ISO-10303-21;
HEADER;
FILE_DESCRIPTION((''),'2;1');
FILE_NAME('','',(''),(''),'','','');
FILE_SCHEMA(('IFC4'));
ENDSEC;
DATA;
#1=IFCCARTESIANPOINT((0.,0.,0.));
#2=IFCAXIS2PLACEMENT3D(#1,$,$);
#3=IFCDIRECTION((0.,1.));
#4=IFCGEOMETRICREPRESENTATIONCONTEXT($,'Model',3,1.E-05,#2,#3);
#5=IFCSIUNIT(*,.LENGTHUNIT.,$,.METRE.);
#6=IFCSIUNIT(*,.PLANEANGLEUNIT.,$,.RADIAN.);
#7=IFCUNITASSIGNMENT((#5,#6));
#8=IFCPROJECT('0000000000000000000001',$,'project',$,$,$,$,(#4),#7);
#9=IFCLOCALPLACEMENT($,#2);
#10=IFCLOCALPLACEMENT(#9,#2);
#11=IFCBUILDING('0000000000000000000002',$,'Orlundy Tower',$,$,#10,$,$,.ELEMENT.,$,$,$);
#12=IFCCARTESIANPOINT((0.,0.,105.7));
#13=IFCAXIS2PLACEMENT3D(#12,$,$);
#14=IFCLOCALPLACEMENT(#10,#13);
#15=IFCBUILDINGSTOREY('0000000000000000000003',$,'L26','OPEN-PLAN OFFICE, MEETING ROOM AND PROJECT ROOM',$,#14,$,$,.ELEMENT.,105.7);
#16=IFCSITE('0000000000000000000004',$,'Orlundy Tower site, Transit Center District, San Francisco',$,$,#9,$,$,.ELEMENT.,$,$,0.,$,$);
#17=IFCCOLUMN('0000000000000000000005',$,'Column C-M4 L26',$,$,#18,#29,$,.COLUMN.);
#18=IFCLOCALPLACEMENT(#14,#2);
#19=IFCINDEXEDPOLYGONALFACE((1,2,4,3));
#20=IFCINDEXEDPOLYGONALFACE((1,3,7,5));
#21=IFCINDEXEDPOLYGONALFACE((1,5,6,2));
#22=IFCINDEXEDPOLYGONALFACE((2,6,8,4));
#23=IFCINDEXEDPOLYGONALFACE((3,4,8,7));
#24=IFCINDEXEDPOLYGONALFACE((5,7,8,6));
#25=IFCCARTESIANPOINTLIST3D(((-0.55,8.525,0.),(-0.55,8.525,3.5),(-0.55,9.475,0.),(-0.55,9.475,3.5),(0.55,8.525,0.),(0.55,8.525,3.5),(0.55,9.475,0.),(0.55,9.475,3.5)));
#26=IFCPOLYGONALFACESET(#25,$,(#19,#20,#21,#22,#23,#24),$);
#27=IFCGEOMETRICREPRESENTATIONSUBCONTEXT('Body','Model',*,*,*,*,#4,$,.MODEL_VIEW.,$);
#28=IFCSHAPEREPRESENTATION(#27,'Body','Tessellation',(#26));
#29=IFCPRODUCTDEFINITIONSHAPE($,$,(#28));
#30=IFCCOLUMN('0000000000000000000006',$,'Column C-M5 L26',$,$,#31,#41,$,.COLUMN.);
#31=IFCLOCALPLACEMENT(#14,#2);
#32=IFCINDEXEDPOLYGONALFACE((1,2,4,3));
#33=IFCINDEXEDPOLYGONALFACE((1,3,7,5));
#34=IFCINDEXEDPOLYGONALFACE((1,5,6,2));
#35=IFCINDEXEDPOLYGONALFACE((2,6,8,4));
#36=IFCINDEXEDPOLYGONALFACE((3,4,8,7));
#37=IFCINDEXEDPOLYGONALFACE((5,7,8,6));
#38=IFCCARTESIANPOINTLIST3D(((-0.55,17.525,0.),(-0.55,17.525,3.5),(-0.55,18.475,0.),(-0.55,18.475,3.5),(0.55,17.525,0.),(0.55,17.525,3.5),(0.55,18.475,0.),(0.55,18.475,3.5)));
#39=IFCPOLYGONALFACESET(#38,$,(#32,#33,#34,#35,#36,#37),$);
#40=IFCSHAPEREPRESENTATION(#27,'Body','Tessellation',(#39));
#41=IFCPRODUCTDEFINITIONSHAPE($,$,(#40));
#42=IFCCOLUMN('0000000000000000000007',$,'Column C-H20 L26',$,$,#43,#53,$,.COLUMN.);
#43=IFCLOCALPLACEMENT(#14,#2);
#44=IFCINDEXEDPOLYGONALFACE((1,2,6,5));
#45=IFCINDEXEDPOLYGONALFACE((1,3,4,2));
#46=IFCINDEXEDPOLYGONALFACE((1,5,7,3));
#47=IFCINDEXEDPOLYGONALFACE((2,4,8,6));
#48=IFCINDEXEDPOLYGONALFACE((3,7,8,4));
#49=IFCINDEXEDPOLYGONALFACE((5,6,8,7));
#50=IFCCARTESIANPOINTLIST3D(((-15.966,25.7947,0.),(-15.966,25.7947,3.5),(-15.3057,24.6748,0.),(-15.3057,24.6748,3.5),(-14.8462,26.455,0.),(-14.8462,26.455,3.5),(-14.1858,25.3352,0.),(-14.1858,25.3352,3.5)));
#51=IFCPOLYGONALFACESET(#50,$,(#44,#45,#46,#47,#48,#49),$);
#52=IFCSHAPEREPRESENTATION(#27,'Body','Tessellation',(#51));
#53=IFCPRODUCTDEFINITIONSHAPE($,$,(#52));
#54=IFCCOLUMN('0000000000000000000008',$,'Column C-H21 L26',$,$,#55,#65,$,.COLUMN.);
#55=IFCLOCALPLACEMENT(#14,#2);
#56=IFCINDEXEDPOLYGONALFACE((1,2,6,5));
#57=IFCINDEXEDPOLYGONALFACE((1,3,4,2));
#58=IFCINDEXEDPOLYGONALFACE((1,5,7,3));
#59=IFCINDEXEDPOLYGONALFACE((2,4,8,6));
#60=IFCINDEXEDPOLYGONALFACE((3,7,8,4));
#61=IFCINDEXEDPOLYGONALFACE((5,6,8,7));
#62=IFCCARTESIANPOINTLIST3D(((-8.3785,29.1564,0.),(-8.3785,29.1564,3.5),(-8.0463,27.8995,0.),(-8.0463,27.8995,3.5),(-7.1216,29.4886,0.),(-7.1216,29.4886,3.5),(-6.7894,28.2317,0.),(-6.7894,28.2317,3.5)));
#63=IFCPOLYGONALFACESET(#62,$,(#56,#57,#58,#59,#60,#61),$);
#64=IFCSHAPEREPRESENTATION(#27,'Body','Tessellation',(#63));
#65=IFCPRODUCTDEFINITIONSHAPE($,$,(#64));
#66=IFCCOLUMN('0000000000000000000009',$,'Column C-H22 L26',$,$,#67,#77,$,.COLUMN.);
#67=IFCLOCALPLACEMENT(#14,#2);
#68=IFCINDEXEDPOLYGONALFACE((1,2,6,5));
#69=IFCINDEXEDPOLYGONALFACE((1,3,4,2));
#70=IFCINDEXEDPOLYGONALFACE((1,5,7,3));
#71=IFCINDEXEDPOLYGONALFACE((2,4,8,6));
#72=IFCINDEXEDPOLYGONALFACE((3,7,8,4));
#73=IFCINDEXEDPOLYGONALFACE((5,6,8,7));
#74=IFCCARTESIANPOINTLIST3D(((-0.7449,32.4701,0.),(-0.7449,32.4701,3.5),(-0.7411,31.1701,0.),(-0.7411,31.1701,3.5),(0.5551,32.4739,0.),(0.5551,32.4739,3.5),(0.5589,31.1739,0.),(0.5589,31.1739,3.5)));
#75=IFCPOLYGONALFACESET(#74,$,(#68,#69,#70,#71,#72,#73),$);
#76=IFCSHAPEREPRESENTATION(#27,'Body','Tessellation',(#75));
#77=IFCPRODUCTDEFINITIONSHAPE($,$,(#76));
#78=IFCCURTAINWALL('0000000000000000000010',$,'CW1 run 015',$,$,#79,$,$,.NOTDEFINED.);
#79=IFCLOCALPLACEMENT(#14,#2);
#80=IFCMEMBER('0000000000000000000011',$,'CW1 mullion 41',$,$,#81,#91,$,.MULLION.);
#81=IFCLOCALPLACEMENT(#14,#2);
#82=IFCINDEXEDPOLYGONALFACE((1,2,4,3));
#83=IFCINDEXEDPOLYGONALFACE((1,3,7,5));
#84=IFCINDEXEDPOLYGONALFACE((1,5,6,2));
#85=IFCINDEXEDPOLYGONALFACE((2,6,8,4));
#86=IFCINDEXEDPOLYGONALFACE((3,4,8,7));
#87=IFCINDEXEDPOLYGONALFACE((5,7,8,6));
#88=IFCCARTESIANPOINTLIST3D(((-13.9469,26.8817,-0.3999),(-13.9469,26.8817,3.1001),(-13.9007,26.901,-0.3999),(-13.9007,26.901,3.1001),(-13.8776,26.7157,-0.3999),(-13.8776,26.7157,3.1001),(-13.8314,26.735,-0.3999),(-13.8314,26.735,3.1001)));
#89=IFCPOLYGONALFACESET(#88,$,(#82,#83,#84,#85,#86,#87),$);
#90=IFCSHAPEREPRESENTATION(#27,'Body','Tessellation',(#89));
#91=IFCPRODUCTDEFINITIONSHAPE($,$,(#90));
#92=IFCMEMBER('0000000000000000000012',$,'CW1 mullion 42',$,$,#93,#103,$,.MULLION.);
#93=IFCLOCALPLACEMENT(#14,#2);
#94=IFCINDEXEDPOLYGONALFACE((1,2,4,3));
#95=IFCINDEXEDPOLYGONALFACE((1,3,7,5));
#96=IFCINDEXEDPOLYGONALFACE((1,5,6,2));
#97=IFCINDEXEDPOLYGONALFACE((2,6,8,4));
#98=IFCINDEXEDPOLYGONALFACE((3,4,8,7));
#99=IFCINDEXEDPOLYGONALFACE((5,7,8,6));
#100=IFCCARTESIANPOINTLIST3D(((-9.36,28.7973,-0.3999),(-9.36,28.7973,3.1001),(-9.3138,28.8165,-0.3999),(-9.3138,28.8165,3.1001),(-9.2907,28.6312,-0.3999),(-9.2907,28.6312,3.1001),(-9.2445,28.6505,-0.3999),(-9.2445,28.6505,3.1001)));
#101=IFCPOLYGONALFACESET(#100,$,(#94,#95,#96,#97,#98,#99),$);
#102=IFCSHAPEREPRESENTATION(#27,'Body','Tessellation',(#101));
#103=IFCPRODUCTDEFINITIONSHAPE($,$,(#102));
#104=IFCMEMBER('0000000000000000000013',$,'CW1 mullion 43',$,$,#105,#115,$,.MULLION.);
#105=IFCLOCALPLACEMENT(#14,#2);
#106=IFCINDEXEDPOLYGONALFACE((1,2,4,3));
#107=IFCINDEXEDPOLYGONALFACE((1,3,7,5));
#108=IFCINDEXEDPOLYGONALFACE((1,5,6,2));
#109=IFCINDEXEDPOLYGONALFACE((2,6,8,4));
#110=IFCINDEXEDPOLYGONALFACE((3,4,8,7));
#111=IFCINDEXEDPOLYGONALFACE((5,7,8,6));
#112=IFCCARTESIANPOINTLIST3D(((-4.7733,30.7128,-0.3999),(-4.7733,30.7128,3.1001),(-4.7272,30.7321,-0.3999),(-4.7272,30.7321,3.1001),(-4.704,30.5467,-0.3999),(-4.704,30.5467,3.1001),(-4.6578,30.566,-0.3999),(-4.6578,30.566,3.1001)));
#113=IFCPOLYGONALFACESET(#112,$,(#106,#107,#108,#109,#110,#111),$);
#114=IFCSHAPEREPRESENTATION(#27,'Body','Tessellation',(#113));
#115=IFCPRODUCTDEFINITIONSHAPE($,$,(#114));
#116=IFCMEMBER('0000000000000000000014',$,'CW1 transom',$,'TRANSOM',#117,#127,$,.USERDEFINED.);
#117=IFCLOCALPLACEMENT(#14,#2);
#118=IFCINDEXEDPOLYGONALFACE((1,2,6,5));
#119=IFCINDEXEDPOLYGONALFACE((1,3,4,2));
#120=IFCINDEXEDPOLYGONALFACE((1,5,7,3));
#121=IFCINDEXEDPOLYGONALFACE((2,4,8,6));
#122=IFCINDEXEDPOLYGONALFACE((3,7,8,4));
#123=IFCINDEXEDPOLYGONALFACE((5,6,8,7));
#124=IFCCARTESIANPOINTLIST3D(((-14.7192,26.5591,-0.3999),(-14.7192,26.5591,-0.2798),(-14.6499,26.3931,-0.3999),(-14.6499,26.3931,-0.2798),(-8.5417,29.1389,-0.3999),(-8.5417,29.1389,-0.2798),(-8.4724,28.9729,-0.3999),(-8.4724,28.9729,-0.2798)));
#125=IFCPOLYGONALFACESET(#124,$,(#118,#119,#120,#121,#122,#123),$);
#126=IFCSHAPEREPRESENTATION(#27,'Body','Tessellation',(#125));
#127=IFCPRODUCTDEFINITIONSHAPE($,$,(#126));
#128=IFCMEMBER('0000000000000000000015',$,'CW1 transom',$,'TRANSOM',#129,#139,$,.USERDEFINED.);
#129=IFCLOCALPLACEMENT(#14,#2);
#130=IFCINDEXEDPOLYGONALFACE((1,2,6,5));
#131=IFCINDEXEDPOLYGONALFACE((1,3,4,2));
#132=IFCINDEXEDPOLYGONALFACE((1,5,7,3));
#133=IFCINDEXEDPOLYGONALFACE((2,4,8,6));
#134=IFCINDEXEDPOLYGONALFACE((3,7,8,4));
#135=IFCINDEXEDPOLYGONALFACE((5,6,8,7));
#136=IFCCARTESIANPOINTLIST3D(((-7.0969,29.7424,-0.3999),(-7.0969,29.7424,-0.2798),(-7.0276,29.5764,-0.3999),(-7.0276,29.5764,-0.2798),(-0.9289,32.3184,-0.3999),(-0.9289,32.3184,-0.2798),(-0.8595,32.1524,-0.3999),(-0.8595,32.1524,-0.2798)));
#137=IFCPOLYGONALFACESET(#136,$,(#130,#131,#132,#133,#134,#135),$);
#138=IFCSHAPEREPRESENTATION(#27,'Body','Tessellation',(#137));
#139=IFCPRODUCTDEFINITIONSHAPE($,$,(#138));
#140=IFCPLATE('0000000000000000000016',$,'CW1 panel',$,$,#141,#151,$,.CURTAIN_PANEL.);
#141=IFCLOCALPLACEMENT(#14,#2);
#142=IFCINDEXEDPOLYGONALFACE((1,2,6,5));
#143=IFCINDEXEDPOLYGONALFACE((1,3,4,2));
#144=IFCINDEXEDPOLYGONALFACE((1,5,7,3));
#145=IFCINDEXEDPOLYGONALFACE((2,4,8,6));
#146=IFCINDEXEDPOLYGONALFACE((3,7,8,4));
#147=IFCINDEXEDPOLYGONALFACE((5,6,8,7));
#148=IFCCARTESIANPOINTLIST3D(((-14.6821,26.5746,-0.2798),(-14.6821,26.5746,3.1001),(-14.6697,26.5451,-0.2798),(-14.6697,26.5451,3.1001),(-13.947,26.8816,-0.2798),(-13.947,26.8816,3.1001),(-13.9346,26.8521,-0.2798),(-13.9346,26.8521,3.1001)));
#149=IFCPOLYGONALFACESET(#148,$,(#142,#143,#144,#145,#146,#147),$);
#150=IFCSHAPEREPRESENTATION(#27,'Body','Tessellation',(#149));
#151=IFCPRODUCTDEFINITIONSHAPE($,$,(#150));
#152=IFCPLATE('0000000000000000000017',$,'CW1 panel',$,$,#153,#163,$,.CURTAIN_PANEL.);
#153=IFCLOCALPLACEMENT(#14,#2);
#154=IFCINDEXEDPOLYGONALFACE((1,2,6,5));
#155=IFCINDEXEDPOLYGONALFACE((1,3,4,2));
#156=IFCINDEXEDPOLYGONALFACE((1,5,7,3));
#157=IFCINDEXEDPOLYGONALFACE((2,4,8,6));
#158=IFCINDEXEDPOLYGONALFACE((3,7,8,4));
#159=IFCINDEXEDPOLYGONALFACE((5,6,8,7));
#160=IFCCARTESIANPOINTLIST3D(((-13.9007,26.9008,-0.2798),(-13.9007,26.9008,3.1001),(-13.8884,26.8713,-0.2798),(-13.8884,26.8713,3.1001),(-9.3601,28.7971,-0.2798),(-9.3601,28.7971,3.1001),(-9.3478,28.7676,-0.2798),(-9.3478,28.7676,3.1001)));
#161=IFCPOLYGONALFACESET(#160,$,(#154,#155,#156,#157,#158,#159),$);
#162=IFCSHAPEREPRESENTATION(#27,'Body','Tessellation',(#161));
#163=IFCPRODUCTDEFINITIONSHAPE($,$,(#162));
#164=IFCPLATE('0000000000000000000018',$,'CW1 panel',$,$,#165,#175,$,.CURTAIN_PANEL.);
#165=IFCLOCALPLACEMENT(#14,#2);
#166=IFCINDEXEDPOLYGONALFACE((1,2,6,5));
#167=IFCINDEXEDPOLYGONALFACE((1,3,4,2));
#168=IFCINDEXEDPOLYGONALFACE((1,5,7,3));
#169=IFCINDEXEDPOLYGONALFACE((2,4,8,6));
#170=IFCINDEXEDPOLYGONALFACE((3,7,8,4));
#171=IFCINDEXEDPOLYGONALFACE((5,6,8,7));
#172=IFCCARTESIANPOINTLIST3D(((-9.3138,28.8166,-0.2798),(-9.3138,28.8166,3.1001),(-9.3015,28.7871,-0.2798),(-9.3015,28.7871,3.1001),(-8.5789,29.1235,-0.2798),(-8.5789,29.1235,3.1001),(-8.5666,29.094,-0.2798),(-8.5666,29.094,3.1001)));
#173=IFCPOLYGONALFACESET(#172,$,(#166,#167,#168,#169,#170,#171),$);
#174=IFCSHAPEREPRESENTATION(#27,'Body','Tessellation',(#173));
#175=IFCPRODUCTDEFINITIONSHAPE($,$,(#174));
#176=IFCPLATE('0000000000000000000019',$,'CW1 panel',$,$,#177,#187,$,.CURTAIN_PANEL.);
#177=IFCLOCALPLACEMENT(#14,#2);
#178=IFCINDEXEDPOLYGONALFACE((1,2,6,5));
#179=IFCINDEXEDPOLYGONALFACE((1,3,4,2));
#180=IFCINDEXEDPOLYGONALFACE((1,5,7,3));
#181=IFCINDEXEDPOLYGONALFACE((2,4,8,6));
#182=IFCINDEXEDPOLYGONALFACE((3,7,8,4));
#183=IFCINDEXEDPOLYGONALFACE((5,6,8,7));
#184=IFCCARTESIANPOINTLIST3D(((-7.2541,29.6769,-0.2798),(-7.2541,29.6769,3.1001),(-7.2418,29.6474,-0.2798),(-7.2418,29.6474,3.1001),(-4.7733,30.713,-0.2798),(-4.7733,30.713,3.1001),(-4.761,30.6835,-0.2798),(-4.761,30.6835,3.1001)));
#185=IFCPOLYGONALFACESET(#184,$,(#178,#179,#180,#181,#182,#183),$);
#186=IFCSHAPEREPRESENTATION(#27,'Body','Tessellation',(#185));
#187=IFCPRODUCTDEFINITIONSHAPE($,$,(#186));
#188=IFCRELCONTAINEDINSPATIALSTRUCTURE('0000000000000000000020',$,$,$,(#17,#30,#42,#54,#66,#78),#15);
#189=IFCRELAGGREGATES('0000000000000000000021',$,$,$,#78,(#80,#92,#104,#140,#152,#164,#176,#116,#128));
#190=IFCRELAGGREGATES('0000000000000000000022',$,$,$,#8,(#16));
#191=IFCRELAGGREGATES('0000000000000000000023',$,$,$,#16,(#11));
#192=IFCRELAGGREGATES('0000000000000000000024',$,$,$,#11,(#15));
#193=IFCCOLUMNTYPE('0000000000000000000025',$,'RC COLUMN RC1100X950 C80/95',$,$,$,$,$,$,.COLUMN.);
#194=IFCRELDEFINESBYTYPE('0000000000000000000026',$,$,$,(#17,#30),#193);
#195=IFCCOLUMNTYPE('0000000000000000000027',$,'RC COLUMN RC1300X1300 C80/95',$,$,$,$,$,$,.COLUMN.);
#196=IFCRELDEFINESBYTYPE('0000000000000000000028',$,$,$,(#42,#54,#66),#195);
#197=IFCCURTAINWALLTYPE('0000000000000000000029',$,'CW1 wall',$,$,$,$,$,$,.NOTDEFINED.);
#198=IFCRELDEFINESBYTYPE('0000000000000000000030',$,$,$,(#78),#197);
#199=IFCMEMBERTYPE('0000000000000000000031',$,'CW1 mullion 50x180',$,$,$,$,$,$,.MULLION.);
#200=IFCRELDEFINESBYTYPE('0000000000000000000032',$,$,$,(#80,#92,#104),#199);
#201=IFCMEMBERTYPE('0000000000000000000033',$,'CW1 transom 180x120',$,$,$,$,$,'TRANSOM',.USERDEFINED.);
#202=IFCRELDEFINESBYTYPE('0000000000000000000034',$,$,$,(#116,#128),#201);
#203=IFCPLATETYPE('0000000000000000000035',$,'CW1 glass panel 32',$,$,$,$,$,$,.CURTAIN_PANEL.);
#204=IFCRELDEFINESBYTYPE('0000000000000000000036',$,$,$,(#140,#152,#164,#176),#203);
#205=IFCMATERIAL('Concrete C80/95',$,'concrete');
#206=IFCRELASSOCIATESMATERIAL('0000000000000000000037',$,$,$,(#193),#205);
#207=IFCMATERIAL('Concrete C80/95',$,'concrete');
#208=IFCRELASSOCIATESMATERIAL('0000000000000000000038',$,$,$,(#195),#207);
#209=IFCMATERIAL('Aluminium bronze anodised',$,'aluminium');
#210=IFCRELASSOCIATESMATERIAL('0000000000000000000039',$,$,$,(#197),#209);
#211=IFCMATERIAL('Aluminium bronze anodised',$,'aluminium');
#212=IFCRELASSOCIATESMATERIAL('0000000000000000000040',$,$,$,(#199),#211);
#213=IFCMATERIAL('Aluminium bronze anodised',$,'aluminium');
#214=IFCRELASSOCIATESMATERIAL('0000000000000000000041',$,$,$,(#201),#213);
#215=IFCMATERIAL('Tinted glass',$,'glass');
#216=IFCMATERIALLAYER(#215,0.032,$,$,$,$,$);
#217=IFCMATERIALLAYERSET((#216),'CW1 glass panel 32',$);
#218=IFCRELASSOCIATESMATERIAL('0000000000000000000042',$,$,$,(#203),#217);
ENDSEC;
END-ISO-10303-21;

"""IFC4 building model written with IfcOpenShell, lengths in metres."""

from ifc_helpers import new_model, si_unit, direction, frame, origin, origin_2d, place, context, subcontext, project, spatial, rectangle, extrude, material, layer, layer_set, material_profile, profile_set, type_object, element, aggregate, save


model = new_model("IFC4")

# Units and contexts
model_context = context("Model", 3, precision=1e-05, world=origin(), true_north=direction((0.0, 1.0)))
body_context = subcontext(model_context, "Body", "Model", "MODEL_VIEW")
ifc_project = project(units=[si_unit("LENGTHUNIT", "METRE"), si_unit("PLANEANGLEUNIT", "RADIAN")], contexts=[model_context])

# Site, building, storey
site_placement = place(None, origin())
site = spatial("IfcSite", under=ifc_project, at=site_placement, Name="Orlundy Tower site, Transit Center District, San Francisco", CompositionType="ELEMENT", RefElevation=0.0)
building_placement = place(site_placement, origin())
building = spatial("IfcBuilding", under=site, at=building_placement, Name="Orlundy Tower", CompositionType="ELEMENT")
storey_placement = place(building_placement, frame((0.0, 0.0, 105.7)))
storey = spatial("IfcBuildingStorey", under=building, at=storey_placement, Name="L26", Description="OPEN-PLAN OFFICE, MEETING ROOM AND PROJECT ROOM", CompositionType="ELEMENT", Elevation=105.7)

# Columns
ifc_material_1 = material(Name="Concrete C80/95", Category="concrete")
ifc_material_profile_1 = material_profile(ifc_material_1, rectangle(XDim=1.1001, YDim=0.95, at=origin_2d()), Name="RC1100X950")
ifc_profile_set_1 = profile_set([ifc_material_profile_1], Name="Concrete C80/95")
column_type_1 = type_object("IfcColumnType", Name="RC COLUMN RC1100X950 C80/95", PredefinedType="COLUMN", material=ifc_profile_set_1)
for number, where, z_axis, x_axis, name in (
    (1, (0.0, 9.0, 0.0), (0.0, 0.0, 1.0), (1.0, 0.0, 0.0), "Column C-M4 L26"),
    (2, (0.0, 18.0, 0.0), (0.0, 0.0, 1.0), (1.0, 0.0, 0.0), "Column C-M5 L26"),
):
    element("IfcColumn", number, at=place(storey_placement, frame(where, z_axis=z_axis, x_axis=x_axis)), inside=storey, type_object=column_type_1, Name=name, PredefinedType="COLUMN", context=body_context, shape_type="SweptSolid", body=[
        extrude(rectangle(XDim=1.1001, YDim=0.95, at=origin_2d()), origin(), (0.0, 0.0, 1.0), 3.5),
    ])
ifc_material_2 = material(Name="Concrete C80/95", Category="concrete")
ifc_material_profile_2 = material_profile(ifc_material_2, rectangle(XDim=1.3, YDim=1.3, at=origin_2d()), Name="RC1300X1300")
ifc_profile_set_2 = profile_set([ifc_material_profile_2], Name="Concrete C80/95")
column_type_2 = type_object("IfcColumnType", Name="RC COLUMN RC1300X1300 C80/95", PredefinedType="COLUMN", material=ifc_profile_set_2)
for number, where, z_axis, x_axis, name in (
    (3, (-15.0759, 25.5649, 0.0), (0.0, 0.0, 1.0), (-0.507959, 0.861381, 0.0), "Column C-H20 L26"),
    (4, (-7.584, 28.6941, 0.0), (0.0, 0.0, 1.0), (-0.25553, 0.966801, 0.0), "Column C-H21 L26"),
    (5, (-0.093, 31.822, 0.0), (0.0, 0.0, 1.0), (-0.002915, 0.999996, 0.0), "Column C-H22 L26"),
):
    element("IfcColumn", number, at=place(storey_placement, frame(where, z_axis=z_axis, x_axis=x_axis)), inside=storey, type_object=column_type_2, Name=name, PredefinedType="COLUMN", context=body_context, shape_type="SweptSolid", body=[
        extrude(rectangle(XDim=1.3, YDim=1.3, at=origin_2d()), origin(), (0.0, 0.0, 1.0), 3.5),
    ])

# Curtain wall, members, plates
ifc_material_3 = material(Name="Aluminium bronze anodised", Category="aluminium")
curtain_wall_type = type_object("IfcCurtainWallType", Name="CW1 wall", PredefinedType="NOTDEFINED", material=ifc_material_3)
curtain_wall_placement = place(storey_placement, origin())
curtain_wall = element("IfcCurtainWall", 6, at=curtain_wall_placement, inside=storey, type_object=curtain_wall_type, Name="CW1 run 015", PredefinedType="NOTDEFINED")
ifc_material_4 = material(Name="Aluminium bronze anodised", Category="aluminium")
ifc_material_profile_3 = material_profile(ifc_material_4, rectangle(XDim=0.1799, YDim=0.05, at=origin_2d()), Name="CW1 mullion 50x180")
ifc_profile_set_3 = profile_set([ifc_material_profile_3], Name="Aluminium bronze anodised")
member_type_1 = type_object("IfcMemberType", Name="CW1 mullion 50x180", PredefinedType="MULLION", material=ifc_profile_set_3)
member_1_placement = place(storey_placement, frame((-13.8892, 26.8083, -0.3999), z_axis=(0.0, 0.0, 1.0), x_axis=(-0.385375, 0.92276, 0.0)))
member_1 = element("IfcMember", 7, at=member_1_placement, type_object=member_type_1, Name="CW1 mullion 41", PredefinedType="MULLION", context=body_context, shape_type="SweptSolid", body=[
    extrude(rectangle(XDim=0.1799, YDim=0.05, at=origin_2d()), origin(), (0.0, 0.0, 1.0), 3.5),
])
member_2_placement = place(storey_placement, frame((-9.3022, 28.7239, -0.3999), z_axis=(0.0, 0.0, 1.0), x_axis=(-0.385375, 0.92276, 0.0)))
member_2 = element("IfcMember", 8, at=member_2_placement, type_object=member_type_1, Name="CW1 mullion 42", PredefinedType="MULLION", context=body_context, shape_type="SweptSolid", body=[
    extrude(rectangle(XDim=0.1799, YDim=0.05, at=origin_2d()), origin(), (0.0, 0.0, 1.0), 3.5),
])
member_3_placement = place(storey_placement, frame((-4.7156, 30.6394, -0.3999), z_axis=(0.0, 0.0, 1.0), x_axis=(-0.385375, 0.92276, 0.0)))
member_3 = element("IfcMember", 9, at=member_3_placement, type_object=member_type_1, Name="CW1 mullion 43", PredefinedType="MULLION", context=body_context, shape_type="SweptSolid", body=[
    extrude(rectangle(XDim=0.1799, YDim=0.05, at=origin_2d()), origin(), (0.0, 0.0, 1.0), 3.5),
])
ifc_material_5 = material(Name="Aluminium bronze anodised", Category="aluminium")
ifc_material_profile_4 = material_profile(ifc_material_5, rectangle(XDim=0.1799, YDim=0.1201, at=origin_2d()), Name="CW1 transom 180x120")
ifc_profile_set_4 = profile_set([ifc_material_profile_4], Name="Aluminium bronze anodised")
member_type_2 = type_object("IfcMemberType", Name="CW1 transom 180x120", ElementType="TRANSOM", PredefinedType="USERDEFINED", material=ifc_profile_set_4)
member_4_placement = place(storey_placement, frame((-14.6846, 26.4761, -0.3398), z_axis=(0.922765, 0.385364, 0.0), x_axis=(-0.385364, 0.922765, 0.0)))
member_4 = element("IfcMember", 10, at=member_4_placement, type_object=member_type_2, Name="CW1 transom", ObjectType="TRANSOM", PredefinedType="USERDEFINED", context=body_context, shape_type="SweptSolid", body=[
    extrude(rectangle(XDim=0.1799, YDim=0.1201, at=origin_2d()), origin(), (0.0, 0.0, 1.0), 6.6946),
])
member_5_placement = place(storey_placement, frame((-7.0623, 29.6594, -0.3398), z_axis=(0.922761, 0.385373, 0.0), x_axis=(-0.385373, 0.922761, 0.0)))
member_5 = element("IfcMember", 11, at=member_5_placement, type_object=member_type_2, Name="CW1 transom", ObjectType="TRANSOM", PredefinedType="USERDEFINED", context=body_context, shape_type="SweptSolid", body=[
    extrude(rectangle(XDim=0.1799, YDim=0.1201, at=origin_2d()), origin(), (0.0, 0.0, 1.0), 6.6843),
])
ifc_material_6 = material(Name="Tinted glass", Category="glass")
ifc_layer_1 = layer(ifc_material_6, 0.032)
ifc_layer_set_1 = layer_set([ifc_layer_1], Name="CW1 glass panel 32")
plate_type = type_object("IfcPlateType", Name="CW1 glass panel 32", PredefinedType="CURTAIN_PANEL", material=ifc_layer_set_1)
plate_1_placement = place(storey_placement, frame((-14.3083, 26.7134, -0.2798), z_axis=(0.0, 0.0, 1.0), x_axis=(0.92276, 0.385375, 0.0)))
plate_1 = element("IfcPlate", 12, at=plate_1_placement, type_object=plate_type, Name="CW1 panel", PredefinedType="CURTAIN_PANEL", context=body_context, shape_type="SweptSolid", body=[
    extrude(rectangle(XDim=0.7966, YDim=0.032, at=origin_2d()), origin(), (0.0, 0.0, 1.0), 3.3799),
])
plate_2_placement = place(storey_placement, frame((-11.6243, 27.8342, -0.2798), z_axis=(0.0, 0.0, 1.0), x_axis=(0.92276, 0.385375, 0.0)))
plate_2 = element("IfcPlate", 13, at=plate_2_placement, type_object=plate_type, Name="CW1 panel", PredefinedType="CURTAIN_PANEL", context=body_context, shape_type="SweptSolid", body=[
    extrude(rectangle(XDim=4.9207, YDim=0.032, at=origin_2d()), origin(), (0.0, 0.0, 1.0), 3.3799),
])
plate_3_placement = place(storey_placement, frame((-8.9402, 28.9553, -0.2798), z_axis=(0.0, 0.0, 1.0), x_axis=(0.92276, 0.385375, 0.0)))
plate_3 = element("IfcPlate", 14, at=plate_3_placement, type_object=plate_type, Name="CW1 panel", PredefinedType="CURTAIN_PANEL", context=body_context, shape_type="SweptSolid", body=[
    extrude(rectangle(XDim=0.7964, YDim=0.032, at=origin_2d()), origin(), (0.0, 0.0, 1.0), 3.3799),
])
plate_4_placement = place(storey_placement, frame((-6.0076, 30.1802, -0.2798), z_axis=(0.0, 0.0, 1.0), x_axis=(0.92276, 0.385375, 0.0)))
plate_4 = element("IfcPlate", 15, at=plate_4_placement, type_object=plate_type, Name="CW1 panel", PredefinedType="CURTAIN_PANEL", context=body_context, shape_type="SweptSolid", body=[
    extrude(rectangle(XDim=2.6885, YDim=0.032, at=origin_2d()), origin(), (0.0, 0.0, 1.0), 3.3799),
])
aggregate(curtain_wall, [member_1, member_2, member_3, plate_1, plate_2, plate_3, plate_4, member_4, member_5])

save(model, "model.ifc")
